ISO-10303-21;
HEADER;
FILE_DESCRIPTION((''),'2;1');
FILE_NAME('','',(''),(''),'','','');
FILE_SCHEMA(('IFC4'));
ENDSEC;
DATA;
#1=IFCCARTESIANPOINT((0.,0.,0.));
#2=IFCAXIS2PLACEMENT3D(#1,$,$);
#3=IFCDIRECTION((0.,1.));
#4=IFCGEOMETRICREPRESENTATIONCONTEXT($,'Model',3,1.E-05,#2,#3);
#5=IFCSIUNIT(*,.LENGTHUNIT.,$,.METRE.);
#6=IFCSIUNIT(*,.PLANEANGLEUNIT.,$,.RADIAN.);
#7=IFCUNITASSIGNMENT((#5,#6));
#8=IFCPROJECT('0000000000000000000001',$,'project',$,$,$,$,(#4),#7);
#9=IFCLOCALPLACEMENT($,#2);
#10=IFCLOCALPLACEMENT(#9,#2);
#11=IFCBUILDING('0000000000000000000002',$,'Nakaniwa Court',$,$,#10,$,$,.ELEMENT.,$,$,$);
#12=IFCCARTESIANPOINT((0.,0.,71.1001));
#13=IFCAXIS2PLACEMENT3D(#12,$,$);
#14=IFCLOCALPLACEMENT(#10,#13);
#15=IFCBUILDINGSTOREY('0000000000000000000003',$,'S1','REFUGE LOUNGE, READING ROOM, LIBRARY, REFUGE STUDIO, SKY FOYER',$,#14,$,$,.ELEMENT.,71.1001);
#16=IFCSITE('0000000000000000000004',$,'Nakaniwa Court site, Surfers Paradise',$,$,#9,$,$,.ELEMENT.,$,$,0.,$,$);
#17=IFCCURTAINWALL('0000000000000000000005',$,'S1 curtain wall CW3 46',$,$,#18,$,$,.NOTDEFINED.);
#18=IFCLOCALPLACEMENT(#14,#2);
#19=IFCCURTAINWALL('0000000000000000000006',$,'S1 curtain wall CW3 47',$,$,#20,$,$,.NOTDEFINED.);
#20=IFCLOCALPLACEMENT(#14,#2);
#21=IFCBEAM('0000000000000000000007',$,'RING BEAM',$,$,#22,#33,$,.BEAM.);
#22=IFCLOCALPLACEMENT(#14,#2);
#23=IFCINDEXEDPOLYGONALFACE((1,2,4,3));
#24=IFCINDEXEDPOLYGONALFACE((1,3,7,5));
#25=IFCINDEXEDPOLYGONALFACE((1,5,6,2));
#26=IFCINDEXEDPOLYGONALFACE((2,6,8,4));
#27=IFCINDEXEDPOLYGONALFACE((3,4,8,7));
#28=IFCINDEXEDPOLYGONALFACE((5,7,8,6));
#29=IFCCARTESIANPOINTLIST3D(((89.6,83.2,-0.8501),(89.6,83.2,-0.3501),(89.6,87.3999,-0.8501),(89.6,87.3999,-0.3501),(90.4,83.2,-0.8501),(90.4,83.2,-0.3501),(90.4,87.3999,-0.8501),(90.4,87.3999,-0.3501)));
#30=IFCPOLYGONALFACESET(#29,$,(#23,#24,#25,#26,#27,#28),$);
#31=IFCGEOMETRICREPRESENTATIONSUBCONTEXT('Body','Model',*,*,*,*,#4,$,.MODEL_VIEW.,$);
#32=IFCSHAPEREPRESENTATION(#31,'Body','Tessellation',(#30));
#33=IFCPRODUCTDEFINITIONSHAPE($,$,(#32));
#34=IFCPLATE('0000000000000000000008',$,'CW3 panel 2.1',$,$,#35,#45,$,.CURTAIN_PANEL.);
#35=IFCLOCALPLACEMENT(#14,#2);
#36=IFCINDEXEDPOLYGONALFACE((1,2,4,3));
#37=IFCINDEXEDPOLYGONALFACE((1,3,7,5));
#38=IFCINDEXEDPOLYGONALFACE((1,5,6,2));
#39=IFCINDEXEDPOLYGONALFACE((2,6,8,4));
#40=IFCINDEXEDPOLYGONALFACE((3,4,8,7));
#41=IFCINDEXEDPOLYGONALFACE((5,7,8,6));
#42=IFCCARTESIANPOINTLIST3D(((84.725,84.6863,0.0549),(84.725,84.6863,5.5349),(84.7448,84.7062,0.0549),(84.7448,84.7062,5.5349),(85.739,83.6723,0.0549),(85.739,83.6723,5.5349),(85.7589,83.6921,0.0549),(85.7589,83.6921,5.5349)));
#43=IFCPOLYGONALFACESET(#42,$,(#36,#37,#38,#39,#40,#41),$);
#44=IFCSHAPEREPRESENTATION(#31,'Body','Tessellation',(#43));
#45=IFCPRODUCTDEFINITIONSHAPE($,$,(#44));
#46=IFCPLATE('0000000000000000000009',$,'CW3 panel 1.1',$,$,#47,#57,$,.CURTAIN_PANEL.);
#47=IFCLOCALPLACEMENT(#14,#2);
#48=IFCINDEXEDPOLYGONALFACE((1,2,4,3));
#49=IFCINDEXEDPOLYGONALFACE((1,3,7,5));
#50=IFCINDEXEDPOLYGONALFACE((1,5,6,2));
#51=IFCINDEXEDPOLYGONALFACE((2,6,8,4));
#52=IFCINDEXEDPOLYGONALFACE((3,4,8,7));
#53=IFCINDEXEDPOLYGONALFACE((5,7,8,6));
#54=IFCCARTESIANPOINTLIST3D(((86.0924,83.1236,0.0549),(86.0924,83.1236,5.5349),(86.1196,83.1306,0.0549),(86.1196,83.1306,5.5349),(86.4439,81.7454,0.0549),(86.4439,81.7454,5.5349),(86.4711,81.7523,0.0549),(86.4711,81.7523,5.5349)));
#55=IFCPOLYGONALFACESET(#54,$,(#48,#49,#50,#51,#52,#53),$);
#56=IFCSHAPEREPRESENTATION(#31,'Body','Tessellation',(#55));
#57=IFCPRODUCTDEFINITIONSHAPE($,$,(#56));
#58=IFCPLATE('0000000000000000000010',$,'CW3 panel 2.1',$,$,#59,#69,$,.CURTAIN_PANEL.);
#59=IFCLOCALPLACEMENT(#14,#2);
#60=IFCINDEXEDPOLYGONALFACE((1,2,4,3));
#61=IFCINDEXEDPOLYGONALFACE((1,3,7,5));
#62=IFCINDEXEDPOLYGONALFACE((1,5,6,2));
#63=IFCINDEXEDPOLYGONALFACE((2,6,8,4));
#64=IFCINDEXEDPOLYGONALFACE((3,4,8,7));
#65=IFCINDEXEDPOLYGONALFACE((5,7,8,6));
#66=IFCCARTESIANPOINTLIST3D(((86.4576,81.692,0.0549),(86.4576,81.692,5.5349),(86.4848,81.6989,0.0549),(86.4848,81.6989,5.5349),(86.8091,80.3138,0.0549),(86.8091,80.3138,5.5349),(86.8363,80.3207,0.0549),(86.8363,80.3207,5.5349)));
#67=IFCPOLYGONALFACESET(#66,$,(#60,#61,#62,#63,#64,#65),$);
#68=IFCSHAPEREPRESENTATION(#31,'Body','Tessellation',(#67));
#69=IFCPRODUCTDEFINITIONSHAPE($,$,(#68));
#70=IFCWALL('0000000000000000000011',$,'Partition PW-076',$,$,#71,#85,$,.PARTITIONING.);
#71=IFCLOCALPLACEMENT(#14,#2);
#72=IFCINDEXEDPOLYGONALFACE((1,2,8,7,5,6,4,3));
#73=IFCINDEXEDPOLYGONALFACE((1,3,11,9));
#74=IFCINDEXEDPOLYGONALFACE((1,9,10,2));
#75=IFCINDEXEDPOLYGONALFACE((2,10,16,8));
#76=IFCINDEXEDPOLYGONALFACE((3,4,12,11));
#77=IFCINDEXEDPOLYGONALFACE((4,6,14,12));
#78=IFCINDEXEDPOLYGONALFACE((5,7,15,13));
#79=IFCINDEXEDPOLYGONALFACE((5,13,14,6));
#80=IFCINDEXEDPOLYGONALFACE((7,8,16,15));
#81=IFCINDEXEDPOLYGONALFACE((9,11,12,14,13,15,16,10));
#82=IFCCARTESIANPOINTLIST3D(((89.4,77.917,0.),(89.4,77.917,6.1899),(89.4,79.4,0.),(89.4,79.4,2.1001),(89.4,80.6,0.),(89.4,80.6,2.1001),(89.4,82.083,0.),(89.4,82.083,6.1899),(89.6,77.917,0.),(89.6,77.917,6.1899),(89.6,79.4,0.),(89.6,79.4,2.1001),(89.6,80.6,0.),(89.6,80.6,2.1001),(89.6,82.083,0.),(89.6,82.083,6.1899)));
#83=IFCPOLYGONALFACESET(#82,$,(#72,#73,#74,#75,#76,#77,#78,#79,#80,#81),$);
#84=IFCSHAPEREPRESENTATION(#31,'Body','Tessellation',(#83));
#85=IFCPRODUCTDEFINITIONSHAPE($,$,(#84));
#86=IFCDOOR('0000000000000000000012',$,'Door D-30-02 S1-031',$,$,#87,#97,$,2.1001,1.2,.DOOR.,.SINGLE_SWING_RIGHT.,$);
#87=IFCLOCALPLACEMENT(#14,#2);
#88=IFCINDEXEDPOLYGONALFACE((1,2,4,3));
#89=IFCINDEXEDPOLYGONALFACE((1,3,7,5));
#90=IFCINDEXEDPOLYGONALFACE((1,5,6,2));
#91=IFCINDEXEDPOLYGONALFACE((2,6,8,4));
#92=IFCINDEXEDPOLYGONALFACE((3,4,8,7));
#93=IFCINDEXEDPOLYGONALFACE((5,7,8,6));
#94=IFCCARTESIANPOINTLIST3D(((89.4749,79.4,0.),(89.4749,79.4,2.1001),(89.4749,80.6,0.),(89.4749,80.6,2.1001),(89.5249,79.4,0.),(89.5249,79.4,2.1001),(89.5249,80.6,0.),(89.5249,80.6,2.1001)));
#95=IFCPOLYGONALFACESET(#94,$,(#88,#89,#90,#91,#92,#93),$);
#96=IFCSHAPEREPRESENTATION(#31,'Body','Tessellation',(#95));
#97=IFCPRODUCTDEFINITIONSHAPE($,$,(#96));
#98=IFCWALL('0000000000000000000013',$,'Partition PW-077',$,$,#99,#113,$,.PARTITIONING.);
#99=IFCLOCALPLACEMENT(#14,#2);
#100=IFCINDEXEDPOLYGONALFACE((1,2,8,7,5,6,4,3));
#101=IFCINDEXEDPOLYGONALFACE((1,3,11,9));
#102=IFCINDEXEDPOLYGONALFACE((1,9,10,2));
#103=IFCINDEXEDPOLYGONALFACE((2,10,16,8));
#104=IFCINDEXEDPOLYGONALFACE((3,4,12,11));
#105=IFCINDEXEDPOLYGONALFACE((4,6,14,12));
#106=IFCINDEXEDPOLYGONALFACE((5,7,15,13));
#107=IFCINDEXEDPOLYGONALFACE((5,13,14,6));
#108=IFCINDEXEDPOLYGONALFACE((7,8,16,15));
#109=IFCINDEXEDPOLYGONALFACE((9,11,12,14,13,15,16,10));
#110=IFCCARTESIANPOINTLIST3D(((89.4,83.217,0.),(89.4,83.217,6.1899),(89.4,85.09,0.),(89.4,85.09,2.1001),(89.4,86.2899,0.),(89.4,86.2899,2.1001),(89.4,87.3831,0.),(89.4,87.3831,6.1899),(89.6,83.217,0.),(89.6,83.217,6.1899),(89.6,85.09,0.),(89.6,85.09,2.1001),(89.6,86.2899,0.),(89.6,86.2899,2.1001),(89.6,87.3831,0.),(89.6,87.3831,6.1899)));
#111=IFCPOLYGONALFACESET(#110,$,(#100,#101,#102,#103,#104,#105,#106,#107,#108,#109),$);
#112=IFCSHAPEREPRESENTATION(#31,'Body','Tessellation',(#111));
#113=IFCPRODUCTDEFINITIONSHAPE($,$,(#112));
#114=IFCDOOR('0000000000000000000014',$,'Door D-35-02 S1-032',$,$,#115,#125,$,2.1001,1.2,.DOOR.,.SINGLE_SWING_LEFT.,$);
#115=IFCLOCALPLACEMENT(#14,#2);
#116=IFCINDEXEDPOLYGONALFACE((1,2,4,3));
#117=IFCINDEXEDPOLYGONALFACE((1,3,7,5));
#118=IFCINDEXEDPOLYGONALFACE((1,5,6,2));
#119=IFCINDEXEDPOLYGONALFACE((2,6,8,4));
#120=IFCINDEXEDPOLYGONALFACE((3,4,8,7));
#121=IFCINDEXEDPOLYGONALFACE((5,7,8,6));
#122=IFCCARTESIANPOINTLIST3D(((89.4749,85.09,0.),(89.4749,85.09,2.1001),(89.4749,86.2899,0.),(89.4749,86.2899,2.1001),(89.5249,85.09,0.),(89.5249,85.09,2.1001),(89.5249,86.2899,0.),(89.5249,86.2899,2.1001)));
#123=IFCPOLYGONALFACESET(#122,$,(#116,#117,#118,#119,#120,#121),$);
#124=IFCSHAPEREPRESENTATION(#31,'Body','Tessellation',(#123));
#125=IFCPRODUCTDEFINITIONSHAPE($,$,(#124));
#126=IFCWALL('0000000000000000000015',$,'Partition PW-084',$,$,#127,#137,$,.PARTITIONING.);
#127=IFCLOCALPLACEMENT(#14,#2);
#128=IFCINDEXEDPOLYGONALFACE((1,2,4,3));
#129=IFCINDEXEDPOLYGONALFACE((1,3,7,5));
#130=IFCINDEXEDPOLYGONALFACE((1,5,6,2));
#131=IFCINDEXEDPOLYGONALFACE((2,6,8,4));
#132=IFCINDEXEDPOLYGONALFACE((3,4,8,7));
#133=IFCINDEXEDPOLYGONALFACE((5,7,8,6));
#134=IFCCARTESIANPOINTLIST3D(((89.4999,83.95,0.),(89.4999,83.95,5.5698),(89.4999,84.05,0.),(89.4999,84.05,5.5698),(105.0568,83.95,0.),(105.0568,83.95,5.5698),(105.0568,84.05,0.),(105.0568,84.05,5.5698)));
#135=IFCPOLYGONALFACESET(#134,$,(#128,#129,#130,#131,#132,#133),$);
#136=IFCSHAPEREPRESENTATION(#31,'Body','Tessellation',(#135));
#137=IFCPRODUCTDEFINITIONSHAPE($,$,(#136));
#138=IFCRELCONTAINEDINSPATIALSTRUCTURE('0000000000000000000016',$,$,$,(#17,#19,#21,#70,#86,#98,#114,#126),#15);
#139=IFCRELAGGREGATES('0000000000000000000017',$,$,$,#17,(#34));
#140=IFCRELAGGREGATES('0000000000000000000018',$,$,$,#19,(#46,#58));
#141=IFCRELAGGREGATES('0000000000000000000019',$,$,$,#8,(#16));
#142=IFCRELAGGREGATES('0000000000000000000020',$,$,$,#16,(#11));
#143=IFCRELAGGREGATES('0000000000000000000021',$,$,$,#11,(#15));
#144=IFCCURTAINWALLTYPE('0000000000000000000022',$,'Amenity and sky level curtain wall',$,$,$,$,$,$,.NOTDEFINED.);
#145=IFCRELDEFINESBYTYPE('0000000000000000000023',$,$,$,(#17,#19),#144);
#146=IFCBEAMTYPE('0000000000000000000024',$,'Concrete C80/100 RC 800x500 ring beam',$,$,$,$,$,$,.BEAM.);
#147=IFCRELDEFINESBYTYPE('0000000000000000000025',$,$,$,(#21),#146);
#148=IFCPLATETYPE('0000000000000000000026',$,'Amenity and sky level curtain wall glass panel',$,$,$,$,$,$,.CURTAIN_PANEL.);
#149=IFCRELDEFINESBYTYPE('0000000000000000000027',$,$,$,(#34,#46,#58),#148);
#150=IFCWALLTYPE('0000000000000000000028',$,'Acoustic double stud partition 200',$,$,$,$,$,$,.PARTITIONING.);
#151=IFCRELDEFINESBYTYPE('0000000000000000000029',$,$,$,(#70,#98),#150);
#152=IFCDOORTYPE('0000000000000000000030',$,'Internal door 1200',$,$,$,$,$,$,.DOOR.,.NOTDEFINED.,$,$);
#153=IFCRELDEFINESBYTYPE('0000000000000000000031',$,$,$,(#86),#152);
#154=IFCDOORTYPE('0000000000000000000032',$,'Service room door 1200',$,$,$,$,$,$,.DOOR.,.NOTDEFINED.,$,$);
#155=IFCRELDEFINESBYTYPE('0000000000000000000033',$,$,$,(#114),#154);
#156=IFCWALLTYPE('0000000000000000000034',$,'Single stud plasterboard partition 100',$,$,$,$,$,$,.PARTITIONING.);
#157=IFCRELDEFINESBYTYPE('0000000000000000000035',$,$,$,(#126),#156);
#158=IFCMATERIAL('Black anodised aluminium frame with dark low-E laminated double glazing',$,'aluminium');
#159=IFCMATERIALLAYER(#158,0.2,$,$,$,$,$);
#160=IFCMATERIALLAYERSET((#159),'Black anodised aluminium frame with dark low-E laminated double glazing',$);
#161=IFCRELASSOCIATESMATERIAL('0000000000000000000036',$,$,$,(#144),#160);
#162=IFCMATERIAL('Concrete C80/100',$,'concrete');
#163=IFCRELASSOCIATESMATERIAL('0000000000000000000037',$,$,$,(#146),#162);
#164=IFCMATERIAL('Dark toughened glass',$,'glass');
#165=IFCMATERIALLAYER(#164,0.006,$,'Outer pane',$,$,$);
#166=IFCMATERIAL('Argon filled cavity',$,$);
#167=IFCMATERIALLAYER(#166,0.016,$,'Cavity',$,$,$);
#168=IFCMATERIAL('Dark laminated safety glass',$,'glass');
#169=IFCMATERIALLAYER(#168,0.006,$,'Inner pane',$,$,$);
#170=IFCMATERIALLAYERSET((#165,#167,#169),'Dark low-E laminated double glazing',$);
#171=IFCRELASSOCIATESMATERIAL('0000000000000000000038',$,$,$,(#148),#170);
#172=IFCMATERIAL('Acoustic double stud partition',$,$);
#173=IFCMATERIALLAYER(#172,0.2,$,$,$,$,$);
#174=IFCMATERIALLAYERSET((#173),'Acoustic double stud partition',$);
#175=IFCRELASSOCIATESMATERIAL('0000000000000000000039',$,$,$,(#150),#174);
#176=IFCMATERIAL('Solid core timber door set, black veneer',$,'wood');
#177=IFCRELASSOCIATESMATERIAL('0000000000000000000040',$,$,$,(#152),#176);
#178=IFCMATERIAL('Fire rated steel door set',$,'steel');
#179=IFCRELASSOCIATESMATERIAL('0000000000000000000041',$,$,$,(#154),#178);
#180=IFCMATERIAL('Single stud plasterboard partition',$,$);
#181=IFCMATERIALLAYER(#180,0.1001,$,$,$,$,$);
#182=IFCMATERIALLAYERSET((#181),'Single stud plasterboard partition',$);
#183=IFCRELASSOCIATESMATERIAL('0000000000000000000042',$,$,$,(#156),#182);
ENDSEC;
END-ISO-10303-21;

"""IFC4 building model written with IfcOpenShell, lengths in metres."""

from ifc_helpers import new_model, si_unit, direction, frame, frame_2d, origin, origin_2d, place, context, subcontext, project, spatial, rectangle, extrude, material, layer, layer_set, material_profile, profile_set, type_object, element, fill, aggregate, save


model = new_model("IFC4")

# Units and contexts
model_context = context("Model", 3, precision=1e-05, world=origin(), true_north=direction((0.0, 1.0)))
body_context = subcontext(model_context, "Body", "Model", "MODEL_VIEW")
ifc_project = project(units=[si_unit("LENGTHUNIT", "METRE"), si_unit("PLANEANGLEUNIT", "RADIAN")], contexts=[model_context])

# Site, building, storey
site_placement = place(None, origin())
site = spatial("IfcSite", under=ifc_project, at=site_placement, Name="Nakaniwa Court site, Surfers Paradise", CompositionType="ELEMENT", RefElevation=0.0)
building_placement = place(site_placement, origin())
building = spatial("IfcBuilding", under=site, at=building_placement, Name="Nakaniwa Court", CompositionType="ELEMENT")
storey_placement = place(building_placement, frame((0.0, 0.0, 71.1001)))
storey = spatial("IfcBuildingStorey", under=building, at=storey_placement, Name="S1", Description="REFUGE LOUNGE, READING ROOM, LIBRARY, REFUGE STUDIO, SKY FOYER", CompositionType="ELEMENT", Elevation=71.1001)

# Shared definitions
ifc_material_1 = material(Name="Concrete C80/100", Category="concrete")

# Curtain walls
ifc_material_2 = material(Name="Black anodised aluminium frame with dark low-E laminated double glazing", Category="aluminium")
ifc_layer_1 = layer(ifc_material_2, 0.2)
ifc_layer_set_1 = layer_set([ifc_layer_1], Name="Black anodised aluminium frame with dark low-E laminated double glazing")
curtain_wall_type = type_object("IfcCurtainWallType", Name="Amenity and sky level curtain wall", PredefinedType="NOTDEFINED", material=ifc_layer_set_1)
curtain_wall_1_placement = place(storey_placement, origin())
curtain_wall_1 = element("IfcCurtainWall", 1, at=curtain_wall_1_placement, inside=storey, type_object=curtain_wall_type, Name="S1 curtain wall CW3 46", PredefinedType="NOTDEFINED")
curtain_wall_2_placement = place(storey_placement, origin())
curtain_wall_2 = element("IfcCurtainWall", 2, at=curtain_wall_2_placement, inside=storey, type_object=curtain_wall_type, Name="S1 curtain wall CW3 47", PredefinedType="NOTDEFINED")

# Beam
ifc_material_profile_1 = material_profile(ifc_material_1, rectangle(XDim=0.8, YDim=0.5, at=origin_2d()), Name="Concrete C80/100 RC 800x500 ring beam")
ifc_profile_set_1 = profile_set([ifc_material_profile_1], Name="Concrete C80/100")
beam_type_1 = type_object("IfcBeamType", Name="Concrete C80/100 RC 800x500 ring beam", PredefinedType="BEAM", material=ifc_profile_set_1)
beam_1_placement = place(storey_placement, frame((90.0, 83.2, -0.6001), z_axis=(0.0, 1.0, 0.0), x_axis=(-1.0, 0.0, 0.0)))
element("IfcBeam", 3, at=beam_1_placement, inside=storey, type_object=beam_type_1, Name="RING BEAM", PredefinedType="BEAM", context=body_context, shape_type="SweptSolid", body=[
    extrude(rectangle(XDim=0.8, YDim=0.5, at=origin_2d()), origin(), (0.0, 0.0, 1.0), 4.2),
])

# Plates
ifc_material_3 = material(Name="Dark toughened glass", Category="glass")
ifc_layer_2 = layer(ifc_material_3, 0.006, Name="Outer pane")
ifc_material_4 = material(Name="Argon filled cavity")
ifc_layer_3 = layer(ifc_material_4, 0.016, Name="Cavity")
ifc_material_5 = material(Name="Dark laminated safety glass", Category="glass")
ifc_layer_4 = layer(ifc_material_5, 0.006, Name="Inner pane")
ifc_layer_set_2 = layer_set([ifc_layer_2, ifc_layer_3, ifc_layer_4], Name="Dark low-E laminated double glazing")
plate_type = type_object("IfcPlateType", Name="Amenity and sky level curtain wall glass panel", PredefinedType="CURTAIN_PANEL", material=ifc_layer_set_2)
plate_1_placement = place(storey_placement, frame((85.2419, 84.1892, 0.0549), z_axis=(0.0, 0.0, 1.0), x_axis=(0.707107, -0.707107, 0.0)))
plate_1 = element("IfcPlate", 4, at=plate_1_placement, type_object=plate_type, Name="CW3 panel 2.1", PredefinedType="CURTAIN_PANEL", context=body_context, shape_type="SweptSolid", body=[
    extrude(rectangle(XDim=1.4341, YDim=0.0281, at=origin_2d()), origin(), (0.0, 0.0, 1.0), 5.48),
])
aggregate(curtain_wall_1, [plate_1])
plate_2_placement = place(storey_placement, frame((86.2817, 82.438, 0.0549), z_axis=(0.0, 0.0, 1.0), x_axis=(0.247114, -0.968986, 0.0)))
plate_2 = element("IfcPlate", 5, at=plate_2_placement, type_object=plate_type, Name="CW3 panel 1.1", PredefinedType="CURTAIN_PANEL", context=body_context, shape_type="SweptSolid", body=[
    extrude(rectangle(XDim=1.4224, YDim=0.0281, at=origin_2d()), origin(), (0.0, 0.0, 1.0), 5.48),
])
plate_3_placement = place(storey_placement, frame((86.647, 81.0063, 0.0549), z_axis=(0.0, 0.0, 1.0), x_axis=(0.247114, -0.968986, 0.0)))
plate_3 = element("IfcPlate", 6, at=plate_3_placement, type_object=plate_type, Name="CW3 panel 2.1", PredefinedType="CURTAIN_PANEL", context=body_context, shape_type="SweptSolid", body=[
    extrude(rectangle(XDim=1.4224, YDim=0.0281, at=origin_2d()), origin(), (0.0, 0.0, 1.0), 5.48),
])
aggregate(curtain_wall_2, [plate_2, plate_3])

# Walls, openings, doors
ifc_material_6 = material(Name="Acoustic double stud partition")
ifc_layer_5 = layer(ifc_material_6, 0.2)
ifc_layer_set_3 = layer_set([ifc_layer_5], Name="Acoustic double stud partition")
wall_type_1 = type_object("IfcWallType", Name="Acoustic double stud partition 200", PredefinedType="PARTITIONING", material=ifc_layer_set_3)
wall_1_placement = place(storey_placement, frame((89.5, 82.083, 0.0), z_axis=(0.0, 0.0, 1.0), x_axis=(0.0, -1.0, 0.0)))
wall_1 = element("IfcWall", 7, at=wall_1_placement, inside=storey, type_object=wall_type_1, Name="Partition PW-076", PredefinedType="PARTITIONING", context=body_context, shape_type="SweptSolid", body=[
    extrude(rectangle(XDim=4.166, YDim=0.2, at=frame_2d((2.083, 0.0))), origin(), (0.0, 0.0, 1.0), 6.1899),
])
opening_1_placement = place(wall_1_placement, frame((1.4829, 0.0, 0.0)))
opening_1 = element("IfcOpeningElement", 8, at=opening_1_placement, cuts=wall_1, PredefinedType="OPENING", context=body_context, shape_type="SweptSolid", body=[
    extrude(rectangle(XDim=1.2, YDim=2.1001, at=frame_2d((0.6001, 1.05))), frame((0.0, 0.1099, 0.0), z_axis=(0.0, -1.0, 0.0), x_axis=(1.0, 0.0, 0.0)), (0.0, 0.0, 1.0), 0.22),
])
ifc_material_7 = material(Name="Solid core timber door set, black veneer", Category="wood")
door_type_1 = type_object("IfcDoorType", Name="Internal door 1200", OperationType="NOTDEFINED", PredefinedType="DOOR", material=ifc_material_7)
door_1_placement = place(opening_1_placement, origin())
door_1 = element("IfcDoor", 9, at=door_1_placement, inside=storey, type_object=door_type_1, Name="Door D-30-02 S1-031", OperationType="SINGLE_SWING_RIGHT", OverallHeight=2.1001, OverallWidth=1.2, PredefinedType="DOOR", context=body_context, shape_type="SweptSolid", body=[
    extrude(rectangle(XDim=1.2, YDim=2.1001, at=frame_2d((0.6001, 1.05))), frame((0.0, 0.0249, 0.0), z_axis=(0.0, -1.0, 0.0), x_axis=(1.0, 0.0, 0.0)), (0.0, 0.0, 1.0), 0.05),
])
fill(opening_1, door_1)
wall_2_placement = place(storey_placement, frame((89.5, 87.3831, 0.0), z_axis=(0.0, 0.0, 1.0), x_axis=(0.0, -1.0, 0.0)))
wall_2 = element("IfcWall", 10, at=wall_2_placement, inside=storey, type_object=wall_type_1, Name="Partition PW-077", PredefinedType="PARTITIONING", context=body_context, shape_type="SweptSolid", body=[
    extrude(rectangle(XDim=4.166, YDim=0.2, at=frame_2d((2.083, 0.0))), origin(), (0.0, 0.0, 1.0), 6.1899),
])
opening_2_placement = place(wall_2_placement, frame((1.093, 0.0, 0.0)))
opening_2 = element("IfcOpeningElement", 11, at=opening_2_placement, cuts=wall_2, PredefinedType="OPENING", context=body_context, shape_type="SweptSolid", body=[
    extrude(rectangle(XDim=1.2, YDim=2.1001, at=frame_2d((0.6001, 1.05))), frame((0.0, 0.1099, 0.0), z_axis=(0.0, -1.0, 0.0), x_axis=(1.0, 0.0, 0.0)), (0.0, 0.0, 1.0), 0.22),
])
ifc_material_8 = material(Name="Fire rated steel door set", Category="steel")
door_type_2 = type_object("IfcDoorType", Name="Service room door 1200", OperationType="NOTDEFINED", PredefinedType="DOOR", material=ifc_material_8)
door_2_placement = place(opening_2_placement, origin())
door_2 = element("IfcDoor", 12, at=door_2_placement, inside=storey, type_object=door_type_2, Name="Door D-35-02 S1-032", OperationType="SINGLE_SWING_LEFT", OverallHeight=2.1001, OverallWidth=1.2, PredefinedType="DOOR", context=body_context, shape_type="SweptSolid", body=[
    extrude(rectangle(XDim=1.2, YDim=2.1001, at=frame_2d((0.6001, 1.05))), frame((0.0, 0.0249, 0.0), z_axis=(0.0, -1.0, 0.0), x_axis=(1.0, 0.0, 0.0)), (0.0, 0.0, 1.0), 0.05),
])
fill(opening_2, door_2)

# Wall
ifc_material_9 = material(Name="Single stud plasterboard partition")
ifc_layer_6 = layer(ifc_material_9, 0.1001)
ifc_layer_set_4 = layer_set([ifc_layer_6], Name="Single stud plasterboard partition")
wall_type_2 = type_object("IfcWallType", Name="Single stud plasterboard partition 100", PredefinedType="PARTITIONING", material=ifc_layer_set_4)
wall_3_placement = place(storey_placement, frame((89.5, 84.0, 0.0), z_axis=(0.0, 0.0, 1.0), x_axis=(1.0, 0.0, 0.0)))
element("IfcWall", 13, at=wall_3_placement, inside=storey, type_object=wall_type_2, Name="Partition PW-084", PredefinedType="PARTITIONING", context=body_context, shape_type="SweptSolid", body=[
    extrude(rectangle(XDim=15.5569, YDim=0.1001, at=frame_2d((7.7783, 0.0))), origin(), (0.0, 0.0, 1.0), 5.5698),
])

save(model, "model.ifc")
